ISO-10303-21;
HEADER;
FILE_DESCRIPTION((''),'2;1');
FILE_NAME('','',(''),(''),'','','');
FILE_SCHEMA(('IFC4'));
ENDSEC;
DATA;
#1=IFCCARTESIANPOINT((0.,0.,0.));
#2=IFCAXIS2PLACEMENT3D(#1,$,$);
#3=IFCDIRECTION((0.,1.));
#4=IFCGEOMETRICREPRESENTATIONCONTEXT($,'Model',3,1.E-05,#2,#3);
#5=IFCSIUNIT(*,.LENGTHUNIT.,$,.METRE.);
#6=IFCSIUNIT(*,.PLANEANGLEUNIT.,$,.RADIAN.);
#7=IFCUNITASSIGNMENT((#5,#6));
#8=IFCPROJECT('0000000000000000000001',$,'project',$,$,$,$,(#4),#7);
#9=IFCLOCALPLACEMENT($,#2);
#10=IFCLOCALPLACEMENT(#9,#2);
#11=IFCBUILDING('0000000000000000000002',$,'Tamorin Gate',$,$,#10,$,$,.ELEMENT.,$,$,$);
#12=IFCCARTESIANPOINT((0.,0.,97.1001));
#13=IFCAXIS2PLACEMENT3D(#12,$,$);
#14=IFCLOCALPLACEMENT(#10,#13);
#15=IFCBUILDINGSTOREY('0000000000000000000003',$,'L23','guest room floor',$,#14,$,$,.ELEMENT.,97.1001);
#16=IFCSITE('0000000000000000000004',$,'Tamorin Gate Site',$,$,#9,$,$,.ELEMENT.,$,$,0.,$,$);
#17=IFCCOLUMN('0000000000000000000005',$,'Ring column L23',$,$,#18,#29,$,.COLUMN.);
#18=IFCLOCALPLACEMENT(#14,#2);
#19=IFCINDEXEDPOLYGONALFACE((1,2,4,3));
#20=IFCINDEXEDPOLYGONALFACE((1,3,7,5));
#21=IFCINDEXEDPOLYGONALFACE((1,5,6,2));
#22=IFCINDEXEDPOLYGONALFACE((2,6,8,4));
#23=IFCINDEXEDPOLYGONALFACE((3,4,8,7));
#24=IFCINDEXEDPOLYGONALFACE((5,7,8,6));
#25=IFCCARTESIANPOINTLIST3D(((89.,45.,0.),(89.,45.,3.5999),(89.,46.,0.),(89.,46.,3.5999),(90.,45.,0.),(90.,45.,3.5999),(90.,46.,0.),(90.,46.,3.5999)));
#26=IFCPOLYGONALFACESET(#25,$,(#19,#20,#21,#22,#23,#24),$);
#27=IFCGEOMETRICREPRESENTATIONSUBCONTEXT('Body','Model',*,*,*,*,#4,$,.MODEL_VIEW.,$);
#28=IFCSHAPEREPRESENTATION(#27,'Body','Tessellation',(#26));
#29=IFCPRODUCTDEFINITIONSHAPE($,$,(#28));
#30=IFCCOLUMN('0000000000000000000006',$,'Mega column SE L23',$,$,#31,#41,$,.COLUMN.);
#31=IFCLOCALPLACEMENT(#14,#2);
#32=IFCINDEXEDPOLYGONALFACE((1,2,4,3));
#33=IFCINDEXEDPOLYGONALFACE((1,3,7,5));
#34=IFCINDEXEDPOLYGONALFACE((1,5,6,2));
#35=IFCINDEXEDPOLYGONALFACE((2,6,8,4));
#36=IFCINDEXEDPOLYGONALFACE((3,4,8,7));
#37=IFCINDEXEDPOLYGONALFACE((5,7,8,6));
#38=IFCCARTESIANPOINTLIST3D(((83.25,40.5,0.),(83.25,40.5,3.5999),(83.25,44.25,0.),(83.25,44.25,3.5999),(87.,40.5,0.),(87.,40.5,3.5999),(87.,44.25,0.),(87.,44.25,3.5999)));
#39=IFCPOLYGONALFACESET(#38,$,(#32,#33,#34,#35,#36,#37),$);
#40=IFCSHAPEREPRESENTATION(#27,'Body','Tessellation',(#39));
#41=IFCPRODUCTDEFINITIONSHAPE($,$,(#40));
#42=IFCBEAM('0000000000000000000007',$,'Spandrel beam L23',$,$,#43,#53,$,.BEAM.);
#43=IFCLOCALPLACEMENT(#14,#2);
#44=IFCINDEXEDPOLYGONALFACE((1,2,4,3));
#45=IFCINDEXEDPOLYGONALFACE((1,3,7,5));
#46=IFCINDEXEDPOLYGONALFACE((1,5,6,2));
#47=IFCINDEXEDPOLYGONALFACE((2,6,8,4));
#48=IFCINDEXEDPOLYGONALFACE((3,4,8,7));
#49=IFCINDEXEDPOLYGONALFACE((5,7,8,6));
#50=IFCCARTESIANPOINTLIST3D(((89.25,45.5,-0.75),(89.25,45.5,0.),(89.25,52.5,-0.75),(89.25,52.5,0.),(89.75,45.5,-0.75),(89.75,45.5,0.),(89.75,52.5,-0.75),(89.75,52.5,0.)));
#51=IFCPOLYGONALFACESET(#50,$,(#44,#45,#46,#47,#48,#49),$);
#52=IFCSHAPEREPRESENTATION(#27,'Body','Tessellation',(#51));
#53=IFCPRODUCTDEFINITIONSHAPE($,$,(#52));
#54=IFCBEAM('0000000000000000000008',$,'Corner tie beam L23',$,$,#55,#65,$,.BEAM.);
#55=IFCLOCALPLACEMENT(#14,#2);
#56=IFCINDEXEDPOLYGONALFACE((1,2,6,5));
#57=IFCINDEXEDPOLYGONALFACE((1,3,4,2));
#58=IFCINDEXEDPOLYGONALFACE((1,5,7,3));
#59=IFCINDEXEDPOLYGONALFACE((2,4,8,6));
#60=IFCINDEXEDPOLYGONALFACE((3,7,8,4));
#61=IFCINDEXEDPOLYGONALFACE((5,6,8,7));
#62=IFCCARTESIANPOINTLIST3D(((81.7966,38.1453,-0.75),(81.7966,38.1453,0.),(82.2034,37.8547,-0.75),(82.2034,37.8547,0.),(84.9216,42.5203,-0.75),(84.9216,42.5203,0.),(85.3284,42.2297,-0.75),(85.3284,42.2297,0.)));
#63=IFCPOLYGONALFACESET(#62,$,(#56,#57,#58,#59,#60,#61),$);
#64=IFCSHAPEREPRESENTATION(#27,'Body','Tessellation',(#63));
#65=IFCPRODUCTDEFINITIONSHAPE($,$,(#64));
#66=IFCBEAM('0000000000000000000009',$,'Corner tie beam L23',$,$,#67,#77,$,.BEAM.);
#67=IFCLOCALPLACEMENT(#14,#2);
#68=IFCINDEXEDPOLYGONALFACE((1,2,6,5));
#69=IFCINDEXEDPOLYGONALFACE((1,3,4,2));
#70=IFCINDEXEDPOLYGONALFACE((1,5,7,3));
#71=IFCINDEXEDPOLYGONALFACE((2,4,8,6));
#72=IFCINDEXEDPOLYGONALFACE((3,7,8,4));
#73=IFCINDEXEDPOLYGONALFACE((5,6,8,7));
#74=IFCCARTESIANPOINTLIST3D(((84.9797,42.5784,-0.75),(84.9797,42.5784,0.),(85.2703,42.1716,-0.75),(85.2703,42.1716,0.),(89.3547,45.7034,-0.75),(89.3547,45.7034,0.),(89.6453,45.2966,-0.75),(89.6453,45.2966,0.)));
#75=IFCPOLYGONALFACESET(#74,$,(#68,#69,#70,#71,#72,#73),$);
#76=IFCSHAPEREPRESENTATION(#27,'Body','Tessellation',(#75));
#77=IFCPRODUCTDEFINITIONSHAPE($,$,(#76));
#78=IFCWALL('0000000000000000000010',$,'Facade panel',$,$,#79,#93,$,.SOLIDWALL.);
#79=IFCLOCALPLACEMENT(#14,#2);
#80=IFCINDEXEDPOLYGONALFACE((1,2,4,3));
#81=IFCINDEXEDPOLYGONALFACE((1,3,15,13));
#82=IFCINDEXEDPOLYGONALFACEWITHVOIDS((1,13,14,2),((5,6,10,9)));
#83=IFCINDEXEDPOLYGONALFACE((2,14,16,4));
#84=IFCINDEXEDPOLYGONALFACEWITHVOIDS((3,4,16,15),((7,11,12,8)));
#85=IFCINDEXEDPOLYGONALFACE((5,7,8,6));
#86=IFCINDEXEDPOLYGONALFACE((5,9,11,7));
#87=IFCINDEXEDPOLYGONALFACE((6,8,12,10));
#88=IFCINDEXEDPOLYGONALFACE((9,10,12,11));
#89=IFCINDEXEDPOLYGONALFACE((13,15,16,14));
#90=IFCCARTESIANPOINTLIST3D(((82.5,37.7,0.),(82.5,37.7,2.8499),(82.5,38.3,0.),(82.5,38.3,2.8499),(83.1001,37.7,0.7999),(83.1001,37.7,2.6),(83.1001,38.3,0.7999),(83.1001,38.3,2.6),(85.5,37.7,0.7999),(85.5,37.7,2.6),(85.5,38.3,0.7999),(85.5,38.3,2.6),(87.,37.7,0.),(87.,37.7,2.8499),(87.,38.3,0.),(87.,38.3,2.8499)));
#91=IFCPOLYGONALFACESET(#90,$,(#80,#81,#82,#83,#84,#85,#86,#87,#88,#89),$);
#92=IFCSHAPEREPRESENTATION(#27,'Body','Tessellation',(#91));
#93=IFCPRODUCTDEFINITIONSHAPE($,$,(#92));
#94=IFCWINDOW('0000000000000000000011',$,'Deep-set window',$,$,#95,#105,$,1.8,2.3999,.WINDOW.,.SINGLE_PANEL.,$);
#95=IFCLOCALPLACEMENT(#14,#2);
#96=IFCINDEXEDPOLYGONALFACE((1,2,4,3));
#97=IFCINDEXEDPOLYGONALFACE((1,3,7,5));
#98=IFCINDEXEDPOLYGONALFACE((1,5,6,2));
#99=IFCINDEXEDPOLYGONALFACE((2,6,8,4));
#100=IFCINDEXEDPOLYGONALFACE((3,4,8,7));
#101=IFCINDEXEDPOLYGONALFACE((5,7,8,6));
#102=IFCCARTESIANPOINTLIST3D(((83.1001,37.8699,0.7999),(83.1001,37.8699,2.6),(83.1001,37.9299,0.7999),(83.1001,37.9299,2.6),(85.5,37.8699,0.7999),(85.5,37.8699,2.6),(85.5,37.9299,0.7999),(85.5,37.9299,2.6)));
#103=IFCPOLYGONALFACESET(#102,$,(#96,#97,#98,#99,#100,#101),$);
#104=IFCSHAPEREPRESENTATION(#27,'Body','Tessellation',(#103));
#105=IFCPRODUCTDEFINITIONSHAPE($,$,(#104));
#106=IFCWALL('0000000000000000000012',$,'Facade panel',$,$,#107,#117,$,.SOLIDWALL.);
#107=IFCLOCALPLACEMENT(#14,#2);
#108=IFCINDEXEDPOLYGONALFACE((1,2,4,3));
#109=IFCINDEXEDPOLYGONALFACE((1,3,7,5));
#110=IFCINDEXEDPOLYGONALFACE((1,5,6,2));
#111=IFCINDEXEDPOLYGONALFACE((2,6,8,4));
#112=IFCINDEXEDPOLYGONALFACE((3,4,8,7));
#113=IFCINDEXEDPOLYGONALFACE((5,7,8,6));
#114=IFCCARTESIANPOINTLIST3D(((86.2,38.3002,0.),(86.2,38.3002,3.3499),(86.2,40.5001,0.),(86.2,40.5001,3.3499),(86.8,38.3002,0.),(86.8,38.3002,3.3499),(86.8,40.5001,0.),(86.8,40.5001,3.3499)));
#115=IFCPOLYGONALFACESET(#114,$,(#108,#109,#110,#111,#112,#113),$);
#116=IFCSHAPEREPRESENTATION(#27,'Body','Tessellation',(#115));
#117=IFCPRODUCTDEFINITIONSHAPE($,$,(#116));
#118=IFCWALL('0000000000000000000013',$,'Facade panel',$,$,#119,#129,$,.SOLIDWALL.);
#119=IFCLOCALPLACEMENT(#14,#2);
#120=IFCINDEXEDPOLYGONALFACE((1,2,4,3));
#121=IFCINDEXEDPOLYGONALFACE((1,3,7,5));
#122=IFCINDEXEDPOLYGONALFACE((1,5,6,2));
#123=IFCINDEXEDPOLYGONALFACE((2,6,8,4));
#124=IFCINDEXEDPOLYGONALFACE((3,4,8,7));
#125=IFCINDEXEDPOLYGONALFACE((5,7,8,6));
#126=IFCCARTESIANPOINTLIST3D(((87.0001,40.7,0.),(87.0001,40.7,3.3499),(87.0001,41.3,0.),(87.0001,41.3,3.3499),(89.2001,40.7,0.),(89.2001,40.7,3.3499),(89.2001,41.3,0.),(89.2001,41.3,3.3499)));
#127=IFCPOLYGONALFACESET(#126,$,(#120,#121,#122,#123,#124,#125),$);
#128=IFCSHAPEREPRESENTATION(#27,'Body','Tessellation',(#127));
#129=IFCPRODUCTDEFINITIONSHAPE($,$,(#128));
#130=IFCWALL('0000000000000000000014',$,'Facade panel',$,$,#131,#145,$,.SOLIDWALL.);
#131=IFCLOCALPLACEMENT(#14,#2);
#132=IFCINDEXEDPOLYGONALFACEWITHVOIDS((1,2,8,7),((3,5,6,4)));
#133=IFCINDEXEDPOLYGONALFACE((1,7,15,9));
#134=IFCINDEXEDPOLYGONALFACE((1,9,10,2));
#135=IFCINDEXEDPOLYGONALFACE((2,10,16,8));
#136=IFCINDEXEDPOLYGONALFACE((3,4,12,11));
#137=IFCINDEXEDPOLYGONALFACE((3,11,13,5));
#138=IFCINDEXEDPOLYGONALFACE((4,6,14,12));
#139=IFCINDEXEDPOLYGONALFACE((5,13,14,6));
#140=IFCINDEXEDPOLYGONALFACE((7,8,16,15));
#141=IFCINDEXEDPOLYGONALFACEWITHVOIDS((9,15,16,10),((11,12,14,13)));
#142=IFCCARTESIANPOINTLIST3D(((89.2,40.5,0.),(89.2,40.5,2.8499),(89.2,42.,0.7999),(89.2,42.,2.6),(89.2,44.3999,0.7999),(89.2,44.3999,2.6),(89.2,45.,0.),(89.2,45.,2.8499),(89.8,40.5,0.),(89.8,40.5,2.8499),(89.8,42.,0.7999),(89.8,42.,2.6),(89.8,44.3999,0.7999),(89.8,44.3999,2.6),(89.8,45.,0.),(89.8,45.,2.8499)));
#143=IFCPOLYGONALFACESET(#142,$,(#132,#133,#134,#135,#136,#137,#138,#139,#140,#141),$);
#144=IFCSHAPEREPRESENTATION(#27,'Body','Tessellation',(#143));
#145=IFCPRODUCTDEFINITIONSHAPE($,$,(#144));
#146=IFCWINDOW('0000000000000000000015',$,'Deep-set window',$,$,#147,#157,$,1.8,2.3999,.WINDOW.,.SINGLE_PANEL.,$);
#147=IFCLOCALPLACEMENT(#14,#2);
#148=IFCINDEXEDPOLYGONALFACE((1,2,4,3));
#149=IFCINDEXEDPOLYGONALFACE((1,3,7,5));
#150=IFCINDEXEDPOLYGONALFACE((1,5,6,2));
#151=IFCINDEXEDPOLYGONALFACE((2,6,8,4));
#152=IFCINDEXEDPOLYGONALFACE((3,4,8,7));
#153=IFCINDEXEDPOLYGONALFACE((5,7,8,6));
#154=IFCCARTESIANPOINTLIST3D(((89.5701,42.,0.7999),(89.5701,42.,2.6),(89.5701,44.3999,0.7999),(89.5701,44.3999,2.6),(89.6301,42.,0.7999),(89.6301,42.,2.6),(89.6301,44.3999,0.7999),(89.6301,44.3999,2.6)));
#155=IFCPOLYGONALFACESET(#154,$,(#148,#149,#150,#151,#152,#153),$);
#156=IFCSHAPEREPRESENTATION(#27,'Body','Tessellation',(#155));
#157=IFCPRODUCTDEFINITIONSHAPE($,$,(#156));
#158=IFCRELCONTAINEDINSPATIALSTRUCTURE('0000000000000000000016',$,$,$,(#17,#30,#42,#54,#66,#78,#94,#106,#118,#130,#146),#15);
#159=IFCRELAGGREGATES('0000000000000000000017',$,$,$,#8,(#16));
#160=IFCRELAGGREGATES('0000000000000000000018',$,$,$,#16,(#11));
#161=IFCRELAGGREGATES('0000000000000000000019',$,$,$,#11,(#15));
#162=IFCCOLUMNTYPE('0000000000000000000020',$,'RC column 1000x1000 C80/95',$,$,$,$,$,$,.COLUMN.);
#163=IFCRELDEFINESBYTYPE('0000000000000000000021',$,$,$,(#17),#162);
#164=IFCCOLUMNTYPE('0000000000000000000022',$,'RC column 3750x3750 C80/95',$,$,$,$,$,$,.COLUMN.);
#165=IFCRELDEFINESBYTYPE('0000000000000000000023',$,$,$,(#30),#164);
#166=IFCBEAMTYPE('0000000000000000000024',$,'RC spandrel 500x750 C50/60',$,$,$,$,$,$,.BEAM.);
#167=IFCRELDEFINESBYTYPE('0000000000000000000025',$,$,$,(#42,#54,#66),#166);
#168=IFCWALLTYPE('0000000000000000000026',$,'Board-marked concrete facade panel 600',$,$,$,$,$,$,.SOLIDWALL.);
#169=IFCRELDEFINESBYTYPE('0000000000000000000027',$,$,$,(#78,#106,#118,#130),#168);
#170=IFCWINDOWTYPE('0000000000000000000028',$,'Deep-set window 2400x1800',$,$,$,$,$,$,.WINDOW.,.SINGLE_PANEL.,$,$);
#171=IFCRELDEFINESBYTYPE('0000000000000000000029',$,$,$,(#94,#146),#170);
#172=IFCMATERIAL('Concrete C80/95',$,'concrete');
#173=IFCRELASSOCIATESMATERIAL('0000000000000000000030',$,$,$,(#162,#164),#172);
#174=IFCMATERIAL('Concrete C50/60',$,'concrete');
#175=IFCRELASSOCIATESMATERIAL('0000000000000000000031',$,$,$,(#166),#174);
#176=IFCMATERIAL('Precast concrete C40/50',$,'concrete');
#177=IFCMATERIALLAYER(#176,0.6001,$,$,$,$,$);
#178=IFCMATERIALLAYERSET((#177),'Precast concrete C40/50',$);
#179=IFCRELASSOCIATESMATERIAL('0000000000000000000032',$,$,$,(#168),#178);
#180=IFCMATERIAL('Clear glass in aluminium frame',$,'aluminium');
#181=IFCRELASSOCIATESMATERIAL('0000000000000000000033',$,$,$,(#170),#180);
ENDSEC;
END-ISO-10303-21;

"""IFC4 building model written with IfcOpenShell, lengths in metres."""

from ifc_helpers import new_model, si_unit, direction, frame, frame_2d, origin, origin_2d, place, context, subcontext, project, spatial, rectangle, extrude, material, layer, layer_set, material_profile, profile_set, type_object, element, fill, save


model = new_model("IFC4")

# Units and contexts
model_context = context("Model", 3, precision=1e-05, world=origin(), true_north=direction((0.0, 1.0)))
body_context = subcontext(model_context, "Body", "Model", "MODEL_VIEW")
ifc_project = project(units=[si_unit("LENGTHUNIT", "METRE"), si_unit("PLANEANGLEUNIT", "RADIAN")], contexts=[model_context])

# Site, building, storey
site_placement = place(None, origin())
site = spatial("IfcSite", under=ifc_project, at=site_placement, Name="Tamorin Gate Site", CompositionType="ELEMENT", RefElevation=0.0)
building_placement = place(site_placement, origin())
building = spatial("IfcBuilding", under=site, at=building_placement, Name="Tamorin Gate", CompositionType="ELEMENT")
storey_placement = place(building_placement, frame((0.0, 0.0, 97.1001)))
storey = spatial("IfcBuildingStorey", under=building, at=storey_placement, Name="L23", Description="guest room floor", CompositionType="ELEMENT", Elevation=97.1001)

# Columns
ifc_material_1 = material(Name="Concrete C80/95", Category="concrete")
ifc_material_profile_1 = material_profile(ifc_material_1, rectangle(XDim=1.0, YDim=1.0, at=origin_2d()), Name="RC 1000x1000")
ifc_profile_set_1 = profile_set([ifc_material_profile_1], Name="Concrete C80/95")
column_type_1 = type_object("IfcColumnType", Name="RC column 1000x1000 C80/95", PredefinedType="COLUMN", material=ifc_profile_set_1)
column_1_placement = place(storey_placement, frame((89.5, 45.5, 0.0), z_axis=(0.0, 0.0, 1.0), x_axis=(1.0, 0.0, 0.0)))
element("IfcColumn", 1, at=column_1_placement, inside=storey, type_object=column_type_1, Name="Ring column L23", PredefinedType="COLUMN", context=body_context, shape_type="SweptSolid", body=[
    extrude(rectangle(XDim=1.0, YDim=1.0, at=origin_2d()), origin(), (0.0, 0.0, 1.0), 3.5999),
])
ifc_material_profile_2 = material_profile(ifc_material_1, rectangle(XDim=3.75, YDim=3.75, at=origin_2d()), Name="RC 3750x3750")
ifc_profile_set_2 = profile_set([ifc_material_profile_2], Name="Concrete C80/95")
column_type_2 = type_object("IfcColumnType", Name="RC column 3750x3750 C80/95", PredefinedType="COLUMN", material=ifc_profile_set_2)
column_2_placement = place(storey_placement, frame((85.125, 42.375, 0.0), z_axis=(0.0, 0.0, 1.0), x_axis=(1.0, 0.0, 0.0)))
element("IfcColumn", 2, at=column_2_placement, inside=storey, type_object=column_type_2, Name="Mega column SE L23", PredefinedType="COLUMN", context=body_context, shape_type="SweptSolid", body=[
    extrude(rectangle(XDim=3.75, YDim=3.75, at=origin_2d()), origin(), (0.0, 0.0, 1.0), 3.5999),
])

# Beams
ifc_material_2 = material(Name="Concrete C50/60", Category="concrete")
ifc_material_profile_3 = material_profile(ifc_material_2, rectangle(XDim=0.5, YDim=0.75, at=origin_2d()), Name="RC 500x750")
ifc_profile_set_3 = profile_set([ifc_material_profile_3], Name="Concrete C50/60")
beam_type = type_object("IfcBeamType", Name="RC spandrel 500x750 C50/60", PredefinedType="BEAM", material=ifc_profile_set_3)
beam_placement = place(storey_placement, frame((89.5, 45.5, -0.375), z_axis=(0.0, 1.0, 0.0), x_axis=(-1.0, 0.0, 0.0)))
element("IfcBeam", 3, at=beam_placement, inside=storey, type_object=beam_type, Name="Spandrel beam L23", PredefinedType="BEAM", context=body_context, shape_type="SweptSolid", body=[
    extrude(rectangle(XDim=0.5, YDim=0.75, at=origin_2d()), origin(), (0.0, 0.0, 1.0), 7.0),
])
for number, where, z_axis, x_axis, name in (
    (4, (85.125, 42.375, -0.375), (-0.581238, -0.813733, 0.0), (0.813733, -0.581238, 0.0), "Corner tie beam L23"),
    (5, (85.125, 42.375, -0.375), (0.813733, 0.581238, 0.0), (-0.581238, 0.813733, 0.0), "Corner tie beam L23"),
):
    element("IfcBeam", number, at=place(storey_placement, frame(where, z_axis=z_axis, x_axis=x_axis)), inside=storey, type_object=beam_type, Name=name, PredefinedType="BEAM", context=body_context, shape_type="SweptSolid", body=[
        extrude(rectangle(XDim=0.5, YDim=0.75, at=origin_2d()), origin(), (0.0, 0.0, 1.0), 5.3765),
    ])

# Wall, opening, window
ifc_material_3 = material(Name="Precast concrete C40/50", Category="concrete")
ifc_layer_1 = layer(ifc_material_3, 0.6001)
ifc_layer_set_1 = layer_set([ifc_layer_1], Name="Precast concrete C40/50")
wall_type_1 = type_object("IfcWallType", Name="Board-marked concrete facade panel 600", PredefinedType="SOLIDWALL", material=ifc_layer_set_1)
wall_1_placement = place(storey_placement, frame((82.5, 38.0, 0.0), z_axis=(0.0, 0.0, 1.0), x_axis=(1.0, 0.0, 0.0)))
wall_1 = element("IfcWall", 6, at=wall_1_placement, inside=storey, type_object=wall_type_1, Name="Facade panel", PredefinedType="SOLIDWALL", context=body_context, shape_type="SweptSolid", body=[
    extrude(rectangle(XDim=4.5, YDim=0.6001, at=frame_2d((2.25, 0.0))), origin(), (0.0, 0.0, 1.0), 2.8499),
])
opening_1_placement = place(wall_1_placement, frame((0.6001, 0.0, 0.8)))
opening_1 = element("IfcOpeningElement", 7, at=opening_1_placement, cuts=wall_1, PredefinedType="OPENING", context=body_context, shape_type="SweptSolid", body=[
    extrude(rectangle(XDim=2.3999, YDim=1.8, at=frame_2d((1.2, 0.8999))), frame((0.0, 0.3101, 0.0), z_axis=(0.0, -1.0, 0.0), x_axis=(1.0, 0.0, 0.0)), (0.0, 0.0, 1.0), 0.6201),
])
ifc_material_4 = material(Name="Clear glass in aluminium frame", Category="aluminium")
window_type = type_object("IfcWindowType", Name="Deep-set window 2400x1800", PartitioningType="SINGLE_PANEL", PredefinedType="WINDOW", material=ifc_material_4)
window_1_placement = place(opening_1_placement, origin())
window_1 = element("IfcWindow", 8, at=window_1_placement, inside=storey, type_object=window_type, Name="Deep-set window", OverallHeight=1.8, OverallWidth=2.3999, PartitioningType="SINGLE_PANEL", PredefinedType="WINDOW", context=body_context, shape_type="SweptSolid", body=[
    extrude(rectangle(XDim=2.3999, YDim=1.8, at=frame_2d((1.2, 0.8999))), frame((0.0, -0.0701, 0.0), z_axis=(0.0, -1.0, 0.0), x_axis=(1.0, 0.0, 0.0)), (0.0, 0.0, 1.0), 0.0601),
])
fill(opening_1, window_1)

# Walls
for number, where, z_axis, x_axis, name in (
    (9, (86.5, 38.3, 0.0), (0.0, 0.0, 1.0), (0.0, 1.0, 0.0), "Facade panel"),
    (10, (87.0, 41.0, 0.0), (0.0, 0.0, 1.0), (1.0, 0.0, 0.0), "Facade panel"),
):
    element("IfcWall", number, at=place(storey_placement, frame(where, z_axis=z_axis, x_axis=x_axis)), inside=storey, type_object=wall_type_1, Name=name, PredefinedType="SOLIDWALL", context=body_context, shape_type="SweptSolid", body=[
        extrude(rectangle(XDim=2.2, YDim=0.6001, at=frame_2d((1.1001, 0.0))), origin(), (0.0, 0.0, 1.0), 3.3499),
    ])

# Wall, opening, window
wall_2_placement = place(storey_placement, frame((89.5, 40.5, 0.0), z_axis=(0.0, 0.0, 1.0), x_axis=(0.0, 1.0, 0.0)))
wall_2 = element("IfcWall", 11, at=wall_2_placement, inside=storey, type_object=wall_type_1, Name="Facade panel", PredefinedType="SOLIDWALL", context=body_context, shape_type="SweptSolid", body=[
    extrude(rectangle(XDim=4.5, YDim=0.6001, at=frame_2d((2.25, 0.0))), origin(), (0.0, 0.0, 1.0), 2.8499),
])
opening_2_placement = place(wall_2_placement, frame((1.5, 0.0, 0.8)))
opening_2 = element("IfcOpeningElement", 12, at=opening_2_placement, cuts=wall_2, PredefinedType="OPENING", context=body_context, shape_type="SweptSolid", body=[
    extrude(rectangle(XDim=2.3999, YDim=1.8, at=frame_2d((1.2, 0.8999))), frame((0.0, 0.3101, 0.0), z_axis=(0.0, -1.0, 0.0), x_axis=(1.0, 0.0, 0.0)), (0.0, 0.0, 1.0), 0.6201),
])
window_2_placement = place(opening_2_placement, origin())
window_2 = element("IfcWindow", 13, at=window_2_placement, inside=storey, type_object=window_type, Name="Deep-set window", OverallHeight=1.8, OverallWidth=2.3999, PartitioningType="SINGLE_PANEL", PredefinedType="WINDOW", context=body_context, shape_type="SweptSolid", body=[
    extrude(rectangle(XDim=2.3999, YDim=1.8, at=frame_2d((1.2, 0.8999))), frame((0.0, -0.0701, 0.0), z_axis=(0.0, -1.0, 0.0), x_axis=(1.0, 0.0, 0.0)), (0.0, 0.0, 1.0), 0.0601),
])
fill(opening_2, window_2)

save(model, "model.ifc")
